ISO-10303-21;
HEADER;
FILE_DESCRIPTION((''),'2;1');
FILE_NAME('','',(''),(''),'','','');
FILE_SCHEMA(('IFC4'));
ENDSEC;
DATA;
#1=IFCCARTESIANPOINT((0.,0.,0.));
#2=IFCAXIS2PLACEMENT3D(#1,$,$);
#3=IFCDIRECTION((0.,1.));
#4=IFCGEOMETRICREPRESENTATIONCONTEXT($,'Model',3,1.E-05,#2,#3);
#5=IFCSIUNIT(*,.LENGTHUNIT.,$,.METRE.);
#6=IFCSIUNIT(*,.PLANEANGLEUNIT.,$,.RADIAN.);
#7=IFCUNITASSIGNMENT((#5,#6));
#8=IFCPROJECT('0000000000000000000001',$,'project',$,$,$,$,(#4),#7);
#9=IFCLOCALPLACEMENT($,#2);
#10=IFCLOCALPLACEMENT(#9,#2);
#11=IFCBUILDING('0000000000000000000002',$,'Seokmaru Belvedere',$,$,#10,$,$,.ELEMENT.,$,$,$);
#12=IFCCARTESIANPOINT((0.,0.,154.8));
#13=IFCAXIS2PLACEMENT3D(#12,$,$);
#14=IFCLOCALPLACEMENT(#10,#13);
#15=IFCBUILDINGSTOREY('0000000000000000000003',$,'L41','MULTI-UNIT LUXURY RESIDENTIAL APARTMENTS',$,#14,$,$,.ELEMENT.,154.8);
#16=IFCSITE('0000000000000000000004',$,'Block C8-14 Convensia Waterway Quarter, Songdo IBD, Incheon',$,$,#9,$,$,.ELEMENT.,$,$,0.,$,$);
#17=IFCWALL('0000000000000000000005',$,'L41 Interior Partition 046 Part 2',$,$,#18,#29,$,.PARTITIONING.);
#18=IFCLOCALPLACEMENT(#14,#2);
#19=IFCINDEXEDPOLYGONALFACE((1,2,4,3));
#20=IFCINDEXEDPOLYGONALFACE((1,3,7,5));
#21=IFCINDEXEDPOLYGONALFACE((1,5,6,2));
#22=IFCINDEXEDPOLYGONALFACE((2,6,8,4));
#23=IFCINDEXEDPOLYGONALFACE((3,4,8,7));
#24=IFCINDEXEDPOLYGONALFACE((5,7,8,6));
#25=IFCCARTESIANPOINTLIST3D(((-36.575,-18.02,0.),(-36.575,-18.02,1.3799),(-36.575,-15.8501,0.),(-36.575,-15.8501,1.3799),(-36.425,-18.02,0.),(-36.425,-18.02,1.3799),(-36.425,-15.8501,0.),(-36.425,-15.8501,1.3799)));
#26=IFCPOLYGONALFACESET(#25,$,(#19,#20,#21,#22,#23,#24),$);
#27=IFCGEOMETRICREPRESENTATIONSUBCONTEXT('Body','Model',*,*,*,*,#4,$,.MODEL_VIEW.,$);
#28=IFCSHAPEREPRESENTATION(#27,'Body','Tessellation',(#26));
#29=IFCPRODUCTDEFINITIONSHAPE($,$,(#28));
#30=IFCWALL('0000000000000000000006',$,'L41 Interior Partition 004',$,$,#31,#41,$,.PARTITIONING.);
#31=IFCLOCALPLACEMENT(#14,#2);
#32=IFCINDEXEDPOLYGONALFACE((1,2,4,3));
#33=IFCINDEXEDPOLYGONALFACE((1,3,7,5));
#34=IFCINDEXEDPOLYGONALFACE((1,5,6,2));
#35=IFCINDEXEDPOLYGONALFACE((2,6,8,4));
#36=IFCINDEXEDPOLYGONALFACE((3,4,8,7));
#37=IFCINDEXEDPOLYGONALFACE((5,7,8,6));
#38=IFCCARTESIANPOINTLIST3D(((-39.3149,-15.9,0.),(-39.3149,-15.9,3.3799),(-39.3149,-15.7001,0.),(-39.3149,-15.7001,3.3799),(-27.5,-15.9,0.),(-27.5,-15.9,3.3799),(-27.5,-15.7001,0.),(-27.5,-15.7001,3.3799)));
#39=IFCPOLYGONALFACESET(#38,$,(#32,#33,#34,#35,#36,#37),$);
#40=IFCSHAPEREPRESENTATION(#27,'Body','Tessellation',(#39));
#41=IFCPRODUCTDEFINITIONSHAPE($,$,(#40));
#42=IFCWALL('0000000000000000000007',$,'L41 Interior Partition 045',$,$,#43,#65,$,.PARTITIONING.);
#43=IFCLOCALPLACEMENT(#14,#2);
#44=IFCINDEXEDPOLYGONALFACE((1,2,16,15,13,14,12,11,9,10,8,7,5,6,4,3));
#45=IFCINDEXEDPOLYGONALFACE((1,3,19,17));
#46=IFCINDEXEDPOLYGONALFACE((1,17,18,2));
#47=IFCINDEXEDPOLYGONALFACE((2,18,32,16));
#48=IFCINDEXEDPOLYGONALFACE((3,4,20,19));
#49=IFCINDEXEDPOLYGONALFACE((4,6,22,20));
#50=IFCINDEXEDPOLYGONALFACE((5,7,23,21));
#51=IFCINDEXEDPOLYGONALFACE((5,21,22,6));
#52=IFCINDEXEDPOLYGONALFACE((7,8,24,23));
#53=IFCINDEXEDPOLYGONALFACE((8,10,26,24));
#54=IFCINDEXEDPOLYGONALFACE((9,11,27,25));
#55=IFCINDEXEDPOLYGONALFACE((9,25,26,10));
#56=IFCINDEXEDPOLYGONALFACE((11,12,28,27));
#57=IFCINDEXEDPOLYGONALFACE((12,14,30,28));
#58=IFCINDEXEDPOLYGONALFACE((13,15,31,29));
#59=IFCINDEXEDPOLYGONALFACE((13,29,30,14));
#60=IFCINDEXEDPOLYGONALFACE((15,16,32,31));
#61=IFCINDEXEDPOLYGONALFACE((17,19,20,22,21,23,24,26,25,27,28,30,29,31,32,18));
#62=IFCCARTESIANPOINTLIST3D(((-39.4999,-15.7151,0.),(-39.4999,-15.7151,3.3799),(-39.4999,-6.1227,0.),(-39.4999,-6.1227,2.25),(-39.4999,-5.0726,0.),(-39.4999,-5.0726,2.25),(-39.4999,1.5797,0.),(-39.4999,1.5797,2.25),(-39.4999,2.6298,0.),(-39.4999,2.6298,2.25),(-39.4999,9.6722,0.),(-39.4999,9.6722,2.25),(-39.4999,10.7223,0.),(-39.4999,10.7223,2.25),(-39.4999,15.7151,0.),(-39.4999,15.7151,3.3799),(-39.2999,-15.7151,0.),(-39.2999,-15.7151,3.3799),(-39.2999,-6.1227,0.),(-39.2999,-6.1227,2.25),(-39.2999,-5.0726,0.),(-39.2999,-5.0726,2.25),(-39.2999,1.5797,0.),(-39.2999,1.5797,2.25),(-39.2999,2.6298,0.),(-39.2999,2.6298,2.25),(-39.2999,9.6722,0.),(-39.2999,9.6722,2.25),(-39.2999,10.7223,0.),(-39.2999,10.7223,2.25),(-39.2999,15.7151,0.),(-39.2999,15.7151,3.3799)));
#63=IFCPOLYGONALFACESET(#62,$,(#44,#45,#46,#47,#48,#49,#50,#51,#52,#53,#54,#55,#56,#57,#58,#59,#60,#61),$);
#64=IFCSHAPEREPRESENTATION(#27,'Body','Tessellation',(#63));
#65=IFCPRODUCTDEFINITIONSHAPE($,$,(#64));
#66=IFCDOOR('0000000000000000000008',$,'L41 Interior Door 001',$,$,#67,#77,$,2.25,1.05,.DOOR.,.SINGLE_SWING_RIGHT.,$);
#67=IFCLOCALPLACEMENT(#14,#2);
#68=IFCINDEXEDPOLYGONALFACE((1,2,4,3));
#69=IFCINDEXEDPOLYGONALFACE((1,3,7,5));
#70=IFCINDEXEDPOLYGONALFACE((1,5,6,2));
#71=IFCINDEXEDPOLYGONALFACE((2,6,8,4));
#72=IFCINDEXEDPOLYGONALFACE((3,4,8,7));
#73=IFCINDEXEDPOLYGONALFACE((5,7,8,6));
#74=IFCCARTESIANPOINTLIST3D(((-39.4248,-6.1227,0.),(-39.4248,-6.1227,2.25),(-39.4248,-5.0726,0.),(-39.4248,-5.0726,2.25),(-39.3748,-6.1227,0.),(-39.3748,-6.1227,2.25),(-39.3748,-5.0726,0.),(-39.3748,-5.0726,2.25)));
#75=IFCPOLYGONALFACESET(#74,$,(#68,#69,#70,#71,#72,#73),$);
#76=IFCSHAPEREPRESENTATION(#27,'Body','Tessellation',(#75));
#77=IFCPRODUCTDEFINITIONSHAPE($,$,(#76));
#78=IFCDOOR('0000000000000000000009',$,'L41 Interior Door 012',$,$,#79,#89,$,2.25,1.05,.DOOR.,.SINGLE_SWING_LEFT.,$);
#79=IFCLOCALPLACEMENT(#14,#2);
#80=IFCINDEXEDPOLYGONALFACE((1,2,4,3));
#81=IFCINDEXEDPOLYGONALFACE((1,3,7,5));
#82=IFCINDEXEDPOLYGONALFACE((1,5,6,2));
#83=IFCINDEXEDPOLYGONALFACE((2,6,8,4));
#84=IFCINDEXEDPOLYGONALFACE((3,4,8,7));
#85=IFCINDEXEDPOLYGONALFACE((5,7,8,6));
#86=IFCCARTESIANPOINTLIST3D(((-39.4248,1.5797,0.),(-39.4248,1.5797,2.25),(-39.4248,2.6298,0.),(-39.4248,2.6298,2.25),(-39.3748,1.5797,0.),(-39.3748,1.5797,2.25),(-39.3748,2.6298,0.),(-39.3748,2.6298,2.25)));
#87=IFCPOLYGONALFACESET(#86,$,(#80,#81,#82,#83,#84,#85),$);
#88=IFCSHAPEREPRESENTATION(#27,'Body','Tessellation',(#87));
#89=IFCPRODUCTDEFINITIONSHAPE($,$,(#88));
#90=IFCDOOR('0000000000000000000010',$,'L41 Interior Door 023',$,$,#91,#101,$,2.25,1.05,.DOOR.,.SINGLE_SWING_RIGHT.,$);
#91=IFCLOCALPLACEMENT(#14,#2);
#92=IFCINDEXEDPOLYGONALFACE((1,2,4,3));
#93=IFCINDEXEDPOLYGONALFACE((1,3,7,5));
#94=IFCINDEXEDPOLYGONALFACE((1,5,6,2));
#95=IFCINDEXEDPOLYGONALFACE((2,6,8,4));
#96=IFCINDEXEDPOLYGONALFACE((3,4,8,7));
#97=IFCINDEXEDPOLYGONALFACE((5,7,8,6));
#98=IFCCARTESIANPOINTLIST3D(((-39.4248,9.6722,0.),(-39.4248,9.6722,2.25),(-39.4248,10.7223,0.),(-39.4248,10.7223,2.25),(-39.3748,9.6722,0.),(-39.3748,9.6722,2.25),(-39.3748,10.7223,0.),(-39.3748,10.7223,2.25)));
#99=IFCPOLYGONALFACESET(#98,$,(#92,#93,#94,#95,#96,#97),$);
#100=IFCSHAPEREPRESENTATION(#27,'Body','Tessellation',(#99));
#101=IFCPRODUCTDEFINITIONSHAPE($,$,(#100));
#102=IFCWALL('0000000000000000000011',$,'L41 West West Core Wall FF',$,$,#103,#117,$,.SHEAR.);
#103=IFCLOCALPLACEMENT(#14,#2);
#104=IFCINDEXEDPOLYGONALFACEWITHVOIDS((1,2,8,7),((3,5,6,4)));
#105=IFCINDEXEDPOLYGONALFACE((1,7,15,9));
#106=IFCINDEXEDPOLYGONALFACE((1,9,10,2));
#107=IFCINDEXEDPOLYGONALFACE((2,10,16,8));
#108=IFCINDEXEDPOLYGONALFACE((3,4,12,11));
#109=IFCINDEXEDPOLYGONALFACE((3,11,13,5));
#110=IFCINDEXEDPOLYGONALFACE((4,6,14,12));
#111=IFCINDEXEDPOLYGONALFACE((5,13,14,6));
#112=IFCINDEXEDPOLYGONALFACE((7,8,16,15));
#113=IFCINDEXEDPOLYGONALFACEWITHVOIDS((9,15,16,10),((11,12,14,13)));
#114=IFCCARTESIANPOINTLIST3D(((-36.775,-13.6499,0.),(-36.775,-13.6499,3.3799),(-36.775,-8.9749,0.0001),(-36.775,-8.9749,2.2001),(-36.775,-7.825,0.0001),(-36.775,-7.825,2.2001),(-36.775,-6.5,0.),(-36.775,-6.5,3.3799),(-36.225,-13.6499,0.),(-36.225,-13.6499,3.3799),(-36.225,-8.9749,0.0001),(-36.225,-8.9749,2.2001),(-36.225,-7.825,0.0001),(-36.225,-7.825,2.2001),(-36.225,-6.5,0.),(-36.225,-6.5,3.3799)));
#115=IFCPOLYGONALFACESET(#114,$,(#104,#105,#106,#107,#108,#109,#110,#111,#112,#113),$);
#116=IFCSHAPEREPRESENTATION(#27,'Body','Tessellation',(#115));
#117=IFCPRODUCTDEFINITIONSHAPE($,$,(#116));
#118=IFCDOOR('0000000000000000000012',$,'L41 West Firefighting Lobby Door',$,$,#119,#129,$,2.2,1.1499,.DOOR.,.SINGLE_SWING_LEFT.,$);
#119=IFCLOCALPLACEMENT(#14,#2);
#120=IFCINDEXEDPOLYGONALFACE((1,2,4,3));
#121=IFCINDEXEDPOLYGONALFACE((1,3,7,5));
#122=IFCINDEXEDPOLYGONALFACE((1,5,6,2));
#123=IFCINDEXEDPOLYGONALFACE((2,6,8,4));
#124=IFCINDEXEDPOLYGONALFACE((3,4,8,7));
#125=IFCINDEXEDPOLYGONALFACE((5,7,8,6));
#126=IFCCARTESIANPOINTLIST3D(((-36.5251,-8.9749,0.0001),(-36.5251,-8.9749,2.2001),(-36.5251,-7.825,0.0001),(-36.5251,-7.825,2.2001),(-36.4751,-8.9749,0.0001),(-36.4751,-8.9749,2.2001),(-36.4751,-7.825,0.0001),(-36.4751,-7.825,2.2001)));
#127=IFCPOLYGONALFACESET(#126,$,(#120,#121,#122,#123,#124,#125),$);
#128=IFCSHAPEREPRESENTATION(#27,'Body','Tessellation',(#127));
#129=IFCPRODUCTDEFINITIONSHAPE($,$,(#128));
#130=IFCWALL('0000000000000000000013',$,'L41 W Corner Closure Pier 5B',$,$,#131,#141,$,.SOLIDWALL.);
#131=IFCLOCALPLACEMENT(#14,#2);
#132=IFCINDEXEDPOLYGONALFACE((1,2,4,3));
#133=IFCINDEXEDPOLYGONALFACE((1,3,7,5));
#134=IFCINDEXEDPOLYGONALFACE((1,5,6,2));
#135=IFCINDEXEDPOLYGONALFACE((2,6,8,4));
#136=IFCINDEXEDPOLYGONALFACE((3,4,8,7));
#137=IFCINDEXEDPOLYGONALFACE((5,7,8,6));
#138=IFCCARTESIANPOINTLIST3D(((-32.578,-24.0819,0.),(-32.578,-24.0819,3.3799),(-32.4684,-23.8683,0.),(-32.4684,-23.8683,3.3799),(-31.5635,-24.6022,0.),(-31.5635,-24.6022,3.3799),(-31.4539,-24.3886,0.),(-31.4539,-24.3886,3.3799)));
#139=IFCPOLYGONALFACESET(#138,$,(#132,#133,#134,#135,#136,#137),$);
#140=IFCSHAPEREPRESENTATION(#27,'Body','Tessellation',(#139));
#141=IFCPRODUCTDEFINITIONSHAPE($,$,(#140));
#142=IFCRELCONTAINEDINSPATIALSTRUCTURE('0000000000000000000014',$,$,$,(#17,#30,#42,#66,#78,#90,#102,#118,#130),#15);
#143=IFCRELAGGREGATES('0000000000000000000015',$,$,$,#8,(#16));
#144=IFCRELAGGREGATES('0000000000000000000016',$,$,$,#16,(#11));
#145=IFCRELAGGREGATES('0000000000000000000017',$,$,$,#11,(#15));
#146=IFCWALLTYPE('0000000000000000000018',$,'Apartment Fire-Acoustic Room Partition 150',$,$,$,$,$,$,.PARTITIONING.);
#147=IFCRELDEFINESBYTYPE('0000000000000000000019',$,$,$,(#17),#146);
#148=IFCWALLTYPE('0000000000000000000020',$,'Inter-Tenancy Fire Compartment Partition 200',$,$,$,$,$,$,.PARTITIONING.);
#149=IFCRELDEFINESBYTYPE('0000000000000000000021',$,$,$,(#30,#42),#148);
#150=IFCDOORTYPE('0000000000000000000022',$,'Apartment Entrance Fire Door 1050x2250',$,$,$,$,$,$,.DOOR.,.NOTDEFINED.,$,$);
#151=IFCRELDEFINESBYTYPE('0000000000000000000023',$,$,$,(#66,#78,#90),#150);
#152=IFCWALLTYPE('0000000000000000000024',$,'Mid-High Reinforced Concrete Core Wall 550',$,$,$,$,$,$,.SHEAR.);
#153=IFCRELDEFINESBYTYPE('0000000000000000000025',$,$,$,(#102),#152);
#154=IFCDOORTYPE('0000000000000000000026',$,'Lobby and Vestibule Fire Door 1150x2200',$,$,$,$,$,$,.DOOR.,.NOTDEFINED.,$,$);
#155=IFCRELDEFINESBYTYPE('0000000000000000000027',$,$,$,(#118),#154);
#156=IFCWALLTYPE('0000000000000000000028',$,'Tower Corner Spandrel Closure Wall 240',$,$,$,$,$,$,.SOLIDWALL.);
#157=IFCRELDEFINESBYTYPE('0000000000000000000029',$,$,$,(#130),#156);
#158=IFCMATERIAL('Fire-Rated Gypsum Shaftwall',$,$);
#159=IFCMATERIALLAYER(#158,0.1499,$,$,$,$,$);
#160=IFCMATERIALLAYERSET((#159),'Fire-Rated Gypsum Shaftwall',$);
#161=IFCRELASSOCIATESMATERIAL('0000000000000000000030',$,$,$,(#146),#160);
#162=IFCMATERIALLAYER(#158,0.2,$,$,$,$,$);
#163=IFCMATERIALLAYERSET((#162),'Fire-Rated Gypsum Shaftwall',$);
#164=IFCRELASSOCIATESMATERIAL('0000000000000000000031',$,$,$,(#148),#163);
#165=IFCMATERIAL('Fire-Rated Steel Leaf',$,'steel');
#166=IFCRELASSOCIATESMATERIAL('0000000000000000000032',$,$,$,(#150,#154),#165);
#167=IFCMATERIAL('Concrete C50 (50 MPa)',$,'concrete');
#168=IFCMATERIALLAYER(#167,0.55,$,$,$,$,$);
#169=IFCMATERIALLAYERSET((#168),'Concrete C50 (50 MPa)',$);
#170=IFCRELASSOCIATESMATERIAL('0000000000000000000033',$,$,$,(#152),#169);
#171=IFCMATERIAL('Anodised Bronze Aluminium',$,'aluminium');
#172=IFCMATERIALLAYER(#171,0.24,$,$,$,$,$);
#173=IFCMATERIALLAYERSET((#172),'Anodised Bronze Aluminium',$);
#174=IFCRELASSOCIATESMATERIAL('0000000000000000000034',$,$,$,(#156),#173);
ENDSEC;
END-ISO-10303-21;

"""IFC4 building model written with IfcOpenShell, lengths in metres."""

from ifc_helpers import new_model, si_unit, direction, frame, frame_2d, origin, place, context, subcontext, project, spatial, rectangle, extrude, source, transform, mapped, material, layer, layer_set, type_object, type_shapes, element, fill, save


model = new_model("IFC4")

# Units and contexts
model_context = context("Model", 3, precision=1e-05, world=origin(), true_north=direction((0.0, 1.0)))
body_context = subcontext(model_context, "Body", "Model", "MODEL_VIEW")
ifc_project = project(units=[si_unit("LENGTHUNIT", "METRE"), si_unit("PLANEANGLEUNIT", "RADIAN")], contexts=[model_context])

# Site, building, storey
site_placement = place(None, origin())
site = spatial("IfcSite", under=ifc_project, at=site_placement, Name="Block C8-14 Convensia Waterway Quarter, Songdo IBD, Incheon", CompositionType="ELEMENT", RefElevation=0.0)
building_placement = place(site_placement, origin())
building = spatial("IfcBuilding", under=site, at=building_placement, Name="Seokmaru Belvedere", CompositionType="ELEMENT")
storey_placement = place(building_placement, frame((0.0, 0.0, 154.8)))
storey = spatial("IfcBuildingStorey", under=building, at=storey_placement, Name="L41", Description="MULTI-UNIT LUXURY RESIDENTIAL APARTMENTS", CompositionType="ELEMENT", Elevation=154.8)

# Shared definitions
ifc_material_1 = material(Name="Anodised Bronze Aluminium", Category="aluminium")

# Shared definitions
ifc_material_2 = material(Name="Fire-Rated Gypsum Shaftwall")
ifc_layer_1 = layer(ifc_material_2, 0.1499)
ifc_layer_set_1 = layer_set([ifc_layer_1], Name="Fire-Rated Gypsum Shaftwall")
wall_type_1 = type_object("IfcWallType", Name="Apartment Fire-Acoustic Room Partition 150", PredefinedType="PARTITIONING", material=ifc_layer_set_1)

# Walls
wall_1_placement = place(storey_placement, frame((-36.5, -18.02, 0.0), z_axis=(0.0, 0.0, 1.0), x_axis=(0.0, 1.0, 0.0)))
element("IfcWall", 1, at=wall_1_placement, inside=storey, type_object=wall_type_1, Name="L41 Interior Partition 046 Part 2", PredefinedType="PARTITIONING", context=body_context, shape_type="SweptSolid", body=[
    extrude(rectangle(XDim=2.1699, YDim=0.1499, at=frame_2d((1.085, 0.0))), origin(), (0.0, 0.0, 1.0), 1.3799),
])
ifc_layer_2 = layer(ifc_material_2, 0.2)
ifc_layer_set_2 = layer_set([ifc_layer_2], Name="Fire-Rated Gypsum Shaftwall")
wall_type_2 = type_object("IfcWallType", Name="Inter-Tenancy Fire Compartment Partition 200", PredefinedType="PARTITIONING", material=ifc_layer_set_2)
wall_2_placement = place(storey_placement, frame((-39.3149, -15.8, 0.0), z_axis=(0.0, 0.0, 1.0), x_axis=(1.0, 0.0, 0.0)))
element("IfcWall", 2, at=wall_2_placement, inside=storey, type_object=wall_type_2, Name="L41 Interior Partition 004", PredefinedType="PARTITIONING", context=body_context, shape_type="SweptSolid", body=[
    extrude(rectangle(XDim=11.8149, YDim=0.2, at=frame_2d((5.9075, 0.0))), origin(), (0.0, 0.0, 1.0), 3.3799),
])

# Wall, openings, doors
wall_3_placement = place(storey_placement, frame((-39.3999, -15.7151, 0.0), z_axis=(0.0, 0.0, 1.0), x_axis=(0.0, 1.0, 0.0)))
wall_3 = element("IfcWall", 3, at=wall_3_placement, inside=storey, type_object=wall_type_2, Name="L41 Interior Partition 045", PredefinedType="PARTITIONING", context=body_context, shape_type="SweptSolid", body=[
    extrude(rectangle(XDim=31.4302, YDim=0.2, at=frame_2d((15.7151, 0.0))), origin(), (0.0, 0.0, 1.0), 3.3799),
])
opening_1_placement = place(wall_3_placement, frame((9.5925, 0.0, 0.0)))
opening_1 = element("IfcOpeningElement", 4, at=opening_1_placement, cuts=wall_3, PredefinedType="OPENING", context=body_context, shape_type="SweptSolid", body=[
    extrude(rectangle(XDim=1.05, YDim=2.25, at=frame_2d((0.5249, 1.125))), frame((0.0, 0.1099, 0.0), z_axis=(0.0, -1.0, 0.0), x_axis=(1.0, 0.0, 0.0)), (0.0, 0.0, 1.0), 0.22),
])
opening_2_placement = place(wall_3_placement, frame((17.2949, 0.0, 0.0)))
opening_2 = element("IfcOpeningElement", 5, at=opening_2_placement, cuts=wall_3, PredefinedType="OPENING", context=body_context, shape_type="SweptSolid", body=[
    extrude(rectangle(XDim=1.05, YDim=2.25, at=frame_2d((0.5249, 1.125))), frame((0.0, 0.1099, 0.0), z_axis=(0.0, -1.0, 0.0), x_axis=(1.0, 0.0, 0.0)), (0.0, 0.0, 1.0), 0.22),
])
opening_3_placement = place(wall_3_placement, frame((25.3875, 0.0, 0.0)))
opening_3 = element("IfcOpeningElement", 6, at=opening_3_placement, cuts=wall_3, PredefinedType="OPENING", context=body_context, shape_type="SweptSolid", body=[
    extrude(rectangle(XDim=1.05, YDim=2.25, at=frame_2d((0.5249, 1.125))), frame((0.0, 0.1099, 0.0), z_axis=(0.0, -1.0, 0.0), x_axis=(1.0, 0.0, 0.0)), (0.0, 0.0, 1.0), 0.22),
])
ifc_material_3 = material(Name="Fire-Rated Steel Leaf", Category="steel")
door_type_1 = type_object("IfcDoorType", Name="Apartment Entrance Fire Door 1050x2250", OperationType="NOTDEFINED", PredefinedType="DOOR", material=ifc_material_3)
shared_shape_1 = source(origin(), body_context, "Body", "SweptSolid", [
    extrude(rectangle(XDim=1.05, YDim=2.25, at=frame_2d((0.5249, 1.125))), frame((0.0, 0.0249, 0.0), z_axis=(0.0, -1.0, 0.0), x_axis=(1.0, 0.0, 0.0)), (0.0, 0.0, 1.0), 0.05),
])
type_shapes(door_type_1, [shared_shape_1])
door_1_placement = place(opening_1_placement, origin())
door_1 = element("IfcDoor", 7, at=door_1_placement, inside=storey, type_object=door_type_1, Name="L41 Interior Door 001", OperationType="SINGLE_SWING_RIGHT", OverallHeight=2.25, OverallWidth=1.05, PredefinedType="DOOR", context=body_context, shape_type="MappedRepresentation", body=[
    mapped(shared_shape_1, transform((0.0, 0.0, 0.0), scale=1.0)),
])
fill(opening_1, door_1)
door_2_placement = place(opening_2_placement, origin())
door_2 = element("IfcDoor", 8, at=door_2_placement, inside=storey, type_object=door_type_1, Name="L41 Interior Door 012", OperationType="SINGLE_SWING_LEFT", OverallHeight=2.25, OverallWidth=1.05, PredefinedType="DOOR", context=body_context, shape_type="MappedRepresentation", body=[
    mapped(shared_shape_1, transform((0.0, 0.0, 0.0), scale=1.0)),
])
fill(opening_2, door_2)
door_3_placement = place(opening_3_placement, origin())
door_3 = element("IfcDoor", 9, at=door_3_placement, inside=storey, type_object=door_type_1, Name="L41 Interior Door 023", OperationType="SINGLE_SWING_RIGHT", OverallHeight=2.25, OverallWidth=1.05, PredefinedType="DOOR", context=body_context, shape_type="MappedRepresentation", body=[
    mapped(shared_shape_1, transform((0.0, 0.0, 0.0), scale=1.0)),
])
fill(opening_3, door_3)

# Wall, opening, door
ifc_material_4 = material(Name="Concrete C50 (50 MPa)", Category="concrete")
ifc_layer_3 = layer(ifc_material_4, 0.55)
ifc_layer_set_3 = layer_set([ifc_layer_3], Name="Concrete C50 (50 MPa)")
wall_type_3 = type_object("IfcWallType", Name="Mid-High Reinforced Concrete Core Wall 550", PredefinedType="SHEAR", material=ifc_layer_set_3)
wall_4_placement = place(storey_placement, frame((-36.5, -13.6499, 0.0), z_axis=(0.0, 0.0, 1.0), x_axis=(0.0, 1.0, 0.0)))
wall_4 = element("IfcWall", 10, at=wall_4_placement, inside=storey, type_object=wall_type_3, Name="L41 West West Core Wall FF", PredefinedType="SHEAR", context=body_context, shape_type="SweptSolid", body=[
    extrude(rectangle(XDim=7.1499, YDim=0.55, at=frame_2d((3.575, 0.0))), origin(), (0.0, 0.0, 1.0), 3.3799),
])
opening_4_placement = place(wall_4_placement, frame((4.675, 0.0, 0.0)))
opening_4 = element("IfcOpeningElement", 11, at=opening_4_placement, cuts=wall_4, PredefinedType="OPENING", context=body_context, shape_type="SweptSolid", body=[
    extrude(rectangle(XDim=1.1499, YDim=2.2, at=frame_2d((0.575, 1.1001))), frame((0.0, 0.2852, 0.0), z_axis=(0.0, -1.0, 0.0), x_axis=(1.0, 0.0, 0.0)), (0.0, 0.0, 1.0), 0.5701),
])
door_type_2 = type_object("IfcDoorType", Name="Lobby and Vestibule Fire Door 1150x2200", OperationType="NOTDEFINED", PredefinedType="DOOR", material=ifc_material_3)
shared_shape_2 = source(origin(), body_context, "Body", "SweptSolid", [
    extrude(rectangle(XDim=1.1499, YDim=2.2, at=frame_2d((0.575, 1.1001))), frame((0.0, 0.0249, 0.0), z_axis=(0.0, -1.0, 0.0), x_axis=(1.0, 0.0, 0.0)), (0.0, 0.0, 1.0), 0.05),
])
type_shapes(door_type_2, [shared_shape_2])
door_4_placement = place(opening_4_placement, frame((1.1499, 0.0, 0.0), z_axis=(0.0, 0.0, 1.0), x_axis=(-1.0, 0.0, 0.0)))
door_4 = element("IfcDoor", 12, at=door_4_placement, inside=storey, type_object=door_type_2, Name="L41 West Firefighting Lobby Door", OperationType="SINGLE_SWING_LEFT", OverallHeight=2.2, OverallWidth=1.1499, PredefinedType="DOOR", context=body_context, shape_type="MappedRepresentation", body=[
    mapped(shared_shape_2, transform((0.0, 0.0, 0.0), scale=1.0)),
])
fill(opening_4, door_4)

# Wall
ifc_layer_4 = layer(ifc_material_1, 0.24)
ifc_layer_set_4 = layer_set([ifc_layer_4], Name="Anodised Bronze Aluminium")
wall_type_4 = type_object("IfcWallType", Name="Tower Corner Spandrel Closure Wall 240", PredefinedType="SOLIDWALL", material=ifc_layer_set_4)
wall_5_placement = place(storey_placement, frame((-32.5232, -23.9751, 0.0), z_axis=(0.0, 0.0, 1.0), x_axis=(0.889797, -0.456356, 0.0)))
element("IfcWall", 13, at=wall_5_placement, inside=storey, type_object=wall_type_4, Name="L41 W Corner Closure Pier 5B", PredefinedType="SOLIDWALL", context=body_context, shape_type="SweptSolid", body=[
    extrude(rectangle(XDim=1.1401, YDim=0.24, at=frame_2d((0.5701, 0.0))), origin(), (0.0, 0.0, 1.0), 3.3799),
])

save(model, "model.ifc")
